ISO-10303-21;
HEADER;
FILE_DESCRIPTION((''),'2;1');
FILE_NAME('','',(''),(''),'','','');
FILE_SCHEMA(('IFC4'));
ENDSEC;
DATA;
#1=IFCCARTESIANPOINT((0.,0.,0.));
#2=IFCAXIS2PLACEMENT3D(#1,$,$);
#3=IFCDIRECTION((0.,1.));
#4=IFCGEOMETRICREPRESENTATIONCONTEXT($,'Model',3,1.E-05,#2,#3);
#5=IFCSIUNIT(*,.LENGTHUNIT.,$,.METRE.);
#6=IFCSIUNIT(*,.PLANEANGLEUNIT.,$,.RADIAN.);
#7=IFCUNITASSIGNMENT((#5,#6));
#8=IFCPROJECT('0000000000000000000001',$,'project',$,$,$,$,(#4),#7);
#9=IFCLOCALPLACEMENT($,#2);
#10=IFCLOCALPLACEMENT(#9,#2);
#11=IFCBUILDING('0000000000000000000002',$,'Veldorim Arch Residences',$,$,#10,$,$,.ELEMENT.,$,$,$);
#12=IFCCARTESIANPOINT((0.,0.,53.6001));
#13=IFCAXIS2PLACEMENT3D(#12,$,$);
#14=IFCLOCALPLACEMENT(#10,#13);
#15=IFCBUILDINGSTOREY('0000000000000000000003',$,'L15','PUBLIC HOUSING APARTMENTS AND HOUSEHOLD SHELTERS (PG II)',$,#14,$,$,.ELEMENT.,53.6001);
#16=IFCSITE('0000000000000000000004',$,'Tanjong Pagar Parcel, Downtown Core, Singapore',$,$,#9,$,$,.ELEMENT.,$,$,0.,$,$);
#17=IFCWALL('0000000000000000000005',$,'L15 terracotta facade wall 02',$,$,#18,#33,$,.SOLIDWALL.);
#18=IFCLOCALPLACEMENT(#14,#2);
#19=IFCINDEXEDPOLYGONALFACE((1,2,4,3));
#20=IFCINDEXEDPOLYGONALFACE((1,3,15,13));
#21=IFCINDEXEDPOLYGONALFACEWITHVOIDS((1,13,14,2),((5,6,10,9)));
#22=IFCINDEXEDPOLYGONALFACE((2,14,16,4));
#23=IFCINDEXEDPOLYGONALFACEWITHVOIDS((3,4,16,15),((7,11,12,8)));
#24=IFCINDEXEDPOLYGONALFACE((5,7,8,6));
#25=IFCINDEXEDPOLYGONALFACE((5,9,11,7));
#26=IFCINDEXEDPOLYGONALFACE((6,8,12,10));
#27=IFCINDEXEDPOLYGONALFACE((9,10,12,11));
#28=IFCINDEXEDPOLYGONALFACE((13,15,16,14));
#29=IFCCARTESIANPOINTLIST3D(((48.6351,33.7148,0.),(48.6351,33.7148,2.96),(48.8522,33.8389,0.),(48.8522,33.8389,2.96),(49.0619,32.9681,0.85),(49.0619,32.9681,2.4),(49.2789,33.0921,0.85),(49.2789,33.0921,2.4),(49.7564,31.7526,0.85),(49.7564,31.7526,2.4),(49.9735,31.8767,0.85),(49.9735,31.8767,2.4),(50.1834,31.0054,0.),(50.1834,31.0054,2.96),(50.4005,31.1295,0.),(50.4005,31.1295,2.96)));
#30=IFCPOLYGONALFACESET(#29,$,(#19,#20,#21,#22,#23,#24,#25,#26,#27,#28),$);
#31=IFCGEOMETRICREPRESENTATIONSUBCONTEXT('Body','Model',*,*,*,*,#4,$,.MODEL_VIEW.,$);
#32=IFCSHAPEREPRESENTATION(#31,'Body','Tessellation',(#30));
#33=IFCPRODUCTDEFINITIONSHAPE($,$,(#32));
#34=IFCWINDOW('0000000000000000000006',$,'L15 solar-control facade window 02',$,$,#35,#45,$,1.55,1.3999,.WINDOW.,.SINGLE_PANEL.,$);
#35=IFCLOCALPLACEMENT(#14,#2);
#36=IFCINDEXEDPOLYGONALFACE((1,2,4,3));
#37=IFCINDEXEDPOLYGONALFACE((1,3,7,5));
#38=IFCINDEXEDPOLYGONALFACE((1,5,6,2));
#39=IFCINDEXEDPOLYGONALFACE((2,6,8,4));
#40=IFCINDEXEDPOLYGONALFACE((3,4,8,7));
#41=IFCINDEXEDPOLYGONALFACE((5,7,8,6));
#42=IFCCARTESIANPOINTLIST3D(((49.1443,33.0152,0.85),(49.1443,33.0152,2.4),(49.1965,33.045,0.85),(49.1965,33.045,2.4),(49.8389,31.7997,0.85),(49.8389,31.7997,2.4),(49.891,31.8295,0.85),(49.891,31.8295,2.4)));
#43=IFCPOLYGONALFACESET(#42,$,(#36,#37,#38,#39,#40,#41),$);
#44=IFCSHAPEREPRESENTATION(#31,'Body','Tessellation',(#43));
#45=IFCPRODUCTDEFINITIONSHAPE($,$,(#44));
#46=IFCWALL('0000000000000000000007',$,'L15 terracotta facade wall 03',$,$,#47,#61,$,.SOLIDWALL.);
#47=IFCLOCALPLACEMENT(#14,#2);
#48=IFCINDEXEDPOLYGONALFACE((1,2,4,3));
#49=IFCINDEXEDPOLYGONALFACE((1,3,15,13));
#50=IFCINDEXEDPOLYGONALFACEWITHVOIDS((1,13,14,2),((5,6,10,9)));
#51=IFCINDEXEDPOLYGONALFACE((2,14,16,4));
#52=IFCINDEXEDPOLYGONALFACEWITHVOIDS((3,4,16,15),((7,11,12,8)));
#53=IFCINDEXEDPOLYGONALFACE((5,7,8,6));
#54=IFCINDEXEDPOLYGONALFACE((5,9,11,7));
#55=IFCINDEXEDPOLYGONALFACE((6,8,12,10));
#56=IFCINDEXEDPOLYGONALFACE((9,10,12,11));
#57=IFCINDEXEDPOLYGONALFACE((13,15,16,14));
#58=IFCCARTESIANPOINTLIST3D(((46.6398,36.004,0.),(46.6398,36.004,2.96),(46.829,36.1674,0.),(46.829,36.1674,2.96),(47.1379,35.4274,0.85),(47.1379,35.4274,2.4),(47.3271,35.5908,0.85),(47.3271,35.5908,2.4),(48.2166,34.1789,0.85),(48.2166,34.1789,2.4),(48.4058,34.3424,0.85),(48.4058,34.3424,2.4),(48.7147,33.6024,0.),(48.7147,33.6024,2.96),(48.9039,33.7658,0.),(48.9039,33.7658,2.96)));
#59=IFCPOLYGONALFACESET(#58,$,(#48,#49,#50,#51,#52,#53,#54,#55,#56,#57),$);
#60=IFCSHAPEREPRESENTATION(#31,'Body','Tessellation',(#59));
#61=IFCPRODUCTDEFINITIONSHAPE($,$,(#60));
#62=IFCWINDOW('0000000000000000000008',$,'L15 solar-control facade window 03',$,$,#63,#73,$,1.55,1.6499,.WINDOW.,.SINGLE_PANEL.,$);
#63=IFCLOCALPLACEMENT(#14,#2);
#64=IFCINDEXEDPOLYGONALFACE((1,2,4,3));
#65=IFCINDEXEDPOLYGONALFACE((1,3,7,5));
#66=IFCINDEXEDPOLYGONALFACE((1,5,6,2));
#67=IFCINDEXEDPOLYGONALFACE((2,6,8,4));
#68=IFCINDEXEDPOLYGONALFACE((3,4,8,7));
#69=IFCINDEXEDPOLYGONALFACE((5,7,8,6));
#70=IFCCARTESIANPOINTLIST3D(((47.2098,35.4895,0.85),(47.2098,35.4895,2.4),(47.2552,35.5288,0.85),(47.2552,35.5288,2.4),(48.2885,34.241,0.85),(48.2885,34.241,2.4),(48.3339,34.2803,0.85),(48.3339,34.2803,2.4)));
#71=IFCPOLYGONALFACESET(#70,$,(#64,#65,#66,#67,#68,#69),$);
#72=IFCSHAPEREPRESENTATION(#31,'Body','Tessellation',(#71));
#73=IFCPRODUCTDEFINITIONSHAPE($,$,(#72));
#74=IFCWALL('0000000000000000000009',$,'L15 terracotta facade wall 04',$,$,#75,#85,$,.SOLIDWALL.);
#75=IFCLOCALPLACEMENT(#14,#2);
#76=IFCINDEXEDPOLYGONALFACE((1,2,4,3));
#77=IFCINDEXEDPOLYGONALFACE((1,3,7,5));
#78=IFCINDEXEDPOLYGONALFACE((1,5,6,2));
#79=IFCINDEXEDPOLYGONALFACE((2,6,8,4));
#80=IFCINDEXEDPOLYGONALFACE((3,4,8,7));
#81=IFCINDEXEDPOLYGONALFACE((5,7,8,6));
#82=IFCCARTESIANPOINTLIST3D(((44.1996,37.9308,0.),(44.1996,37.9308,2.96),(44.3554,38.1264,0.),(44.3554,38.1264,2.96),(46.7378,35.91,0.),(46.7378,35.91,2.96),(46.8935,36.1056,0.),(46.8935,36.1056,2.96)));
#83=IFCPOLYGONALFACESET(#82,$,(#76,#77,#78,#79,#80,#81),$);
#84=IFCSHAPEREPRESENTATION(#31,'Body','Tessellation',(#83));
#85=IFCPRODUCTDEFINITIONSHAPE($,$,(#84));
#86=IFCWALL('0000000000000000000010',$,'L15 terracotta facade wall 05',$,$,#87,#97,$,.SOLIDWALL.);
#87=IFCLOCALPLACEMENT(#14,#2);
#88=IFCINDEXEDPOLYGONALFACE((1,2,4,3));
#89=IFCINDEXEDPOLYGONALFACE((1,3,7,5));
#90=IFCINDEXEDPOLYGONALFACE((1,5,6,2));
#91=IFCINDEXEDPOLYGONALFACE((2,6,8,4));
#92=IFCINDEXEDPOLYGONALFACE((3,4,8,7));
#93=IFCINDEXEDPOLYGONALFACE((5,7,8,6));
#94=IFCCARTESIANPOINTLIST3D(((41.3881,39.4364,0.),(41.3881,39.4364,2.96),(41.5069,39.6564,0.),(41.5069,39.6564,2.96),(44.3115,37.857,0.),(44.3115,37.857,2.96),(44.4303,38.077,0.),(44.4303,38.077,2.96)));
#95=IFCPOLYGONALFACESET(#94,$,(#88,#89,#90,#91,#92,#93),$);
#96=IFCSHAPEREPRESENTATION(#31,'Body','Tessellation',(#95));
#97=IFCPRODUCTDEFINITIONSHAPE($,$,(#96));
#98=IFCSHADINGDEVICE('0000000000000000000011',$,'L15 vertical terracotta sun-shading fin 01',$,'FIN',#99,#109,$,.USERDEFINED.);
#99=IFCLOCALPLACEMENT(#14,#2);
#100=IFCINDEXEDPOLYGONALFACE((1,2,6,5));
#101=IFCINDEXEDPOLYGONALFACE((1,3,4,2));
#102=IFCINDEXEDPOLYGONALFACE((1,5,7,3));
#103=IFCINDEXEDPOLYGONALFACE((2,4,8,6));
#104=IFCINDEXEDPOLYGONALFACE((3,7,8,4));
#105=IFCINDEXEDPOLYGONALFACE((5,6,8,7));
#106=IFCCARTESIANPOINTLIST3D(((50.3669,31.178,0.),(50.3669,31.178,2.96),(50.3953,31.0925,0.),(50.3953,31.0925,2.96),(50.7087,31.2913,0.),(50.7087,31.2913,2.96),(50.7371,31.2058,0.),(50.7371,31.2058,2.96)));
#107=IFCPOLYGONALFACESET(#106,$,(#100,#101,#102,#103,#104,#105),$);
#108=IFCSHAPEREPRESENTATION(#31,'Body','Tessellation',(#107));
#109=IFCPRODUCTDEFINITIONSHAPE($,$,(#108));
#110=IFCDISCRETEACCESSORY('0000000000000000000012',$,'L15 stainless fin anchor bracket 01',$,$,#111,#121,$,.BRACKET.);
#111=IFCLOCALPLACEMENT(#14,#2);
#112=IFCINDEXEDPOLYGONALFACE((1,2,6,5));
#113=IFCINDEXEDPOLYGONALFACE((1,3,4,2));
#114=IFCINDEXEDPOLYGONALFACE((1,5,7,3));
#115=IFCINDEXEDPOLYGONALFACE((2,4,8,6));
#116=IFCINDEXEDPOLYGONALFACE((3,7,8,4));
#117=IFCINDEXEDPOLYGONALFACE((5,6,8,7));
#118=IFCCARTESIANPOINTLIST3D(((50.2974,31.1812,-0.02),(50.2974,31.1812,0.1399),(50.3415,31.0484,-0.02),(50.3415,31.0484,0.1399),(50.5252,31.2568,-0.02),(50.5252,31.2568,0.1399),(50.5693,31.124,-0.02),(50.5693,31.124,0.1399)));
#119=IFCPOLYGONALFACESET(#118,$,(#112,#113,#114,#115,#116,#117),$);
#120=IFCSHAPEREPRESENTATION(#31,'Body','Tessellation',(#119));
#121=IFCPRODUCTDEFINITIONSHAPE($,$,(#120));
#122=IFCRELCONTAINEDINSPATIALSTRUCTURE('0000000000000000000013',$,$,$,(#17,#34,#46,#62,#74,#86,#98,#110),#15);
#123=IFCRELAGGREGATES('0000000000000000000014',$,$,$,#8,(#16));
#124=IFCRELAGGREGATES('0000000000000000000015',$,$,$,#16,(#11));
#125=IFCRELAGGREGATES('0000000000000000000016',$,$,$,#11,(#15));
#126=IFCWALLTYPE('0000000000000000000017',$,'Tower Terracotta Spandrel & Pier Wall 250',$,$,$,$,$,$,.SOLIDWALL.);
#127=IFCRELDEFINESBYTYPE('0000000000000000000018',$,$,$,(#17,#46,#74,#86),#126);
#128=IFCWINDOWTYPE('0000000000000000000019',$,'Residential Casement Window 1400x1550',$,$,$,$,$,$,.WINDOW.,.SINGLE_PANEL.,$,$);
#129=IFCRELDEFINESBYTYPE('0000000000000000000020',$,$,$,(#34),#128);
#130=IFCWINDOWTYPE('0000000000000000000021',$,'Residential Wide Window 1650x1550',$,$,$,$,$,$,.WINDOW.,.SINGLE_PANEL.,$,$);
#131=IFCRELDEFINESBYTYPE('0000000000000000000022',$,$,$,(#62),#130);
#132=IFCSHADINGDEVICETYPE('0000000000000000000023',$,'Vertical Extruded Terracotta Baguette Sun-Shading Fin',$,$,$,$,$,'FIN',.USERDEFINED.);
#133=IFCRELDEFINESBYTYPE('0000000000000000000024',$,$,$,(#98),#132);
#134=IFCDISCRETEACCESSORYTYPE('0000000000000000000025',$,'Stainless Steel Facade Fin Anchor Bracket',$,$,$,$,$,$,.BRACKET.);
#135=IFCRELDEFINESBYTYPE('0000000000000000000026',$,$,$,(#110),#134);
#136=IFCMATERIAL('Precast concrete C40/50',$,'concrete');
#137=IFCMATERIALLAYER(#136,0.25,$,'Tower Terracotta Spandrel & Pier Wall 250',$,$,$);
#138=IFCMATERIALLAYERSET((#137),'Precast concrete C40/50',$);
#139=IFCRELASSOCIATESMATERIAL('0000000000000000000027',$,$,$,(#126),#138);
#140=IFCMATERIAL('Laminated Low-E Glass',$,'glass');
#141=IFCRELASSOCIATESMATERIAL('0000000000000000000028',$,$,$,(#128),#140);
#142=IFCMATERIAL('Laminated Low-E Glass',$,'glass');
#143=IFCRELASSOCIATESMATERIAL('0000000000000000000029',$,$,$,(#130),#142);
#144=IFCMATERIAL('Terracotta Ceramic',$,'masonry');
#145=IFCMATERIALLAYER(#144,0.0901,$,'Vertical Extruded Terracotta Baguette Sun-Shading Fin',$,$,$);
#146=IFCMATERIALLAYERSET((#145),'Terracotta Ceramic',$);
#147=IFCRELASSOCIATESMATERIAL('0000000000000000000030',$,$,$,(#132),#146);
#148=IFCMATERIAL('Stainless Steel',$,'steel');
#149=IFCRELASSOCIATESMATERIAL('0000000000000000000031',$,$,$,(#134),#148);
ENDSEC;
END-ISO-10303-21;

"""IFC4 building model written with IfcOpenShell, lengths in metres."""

from ifc_helpers import new_model, si_unit, direction, frame, frame_2d, origin, origin_2d, place, context, subcontext, project, spatial, rectangle, extrude, material, layer, layer_set, type_object, element, fill, save


model = new_model("IFC4")

# Units and contexts
model_context = context("Model", 3, precision=1e-05, world=origin(), true_north=direction((0.0, 1.0)))
body_context = subcontext(model_context, "Body", "Model", "MODEL_VIEW")
ifc_project = project(units=[si_unit("LENGTHUNIT", "METRE"), si_unit("PLANEANGLEUNIT", "RADIAN")], contexts=[model_context])

# Site, building, storey
site_placement = place(None, origin())
site = spatial("IfcSite", under=ifc_project, at=site_placement, Name="Tanjong Pagar Parcel, Downtown Core, Singapore", CompositionType="ELEMENT", RefElevation=0.0)
building_placement = place(site_placement, origin())
building = spatial("IfcBuilding", under=site, at=building_placement, Name="Veldorim Arch Residences", CompositionType="ELEMENT")
storey_placement = place(building_placement, frame((0.0, 0.0, 53.6001)))
storey = spatial("IfcBuildingStorey", under=building, at=storey_placement, Name="L15", Description="PUBLIC HOUSING APARTMENTS AND HOUSEHOLD SHELTERS (PG II)", CompositionType="ELEMENT", Elevation=53.6001)

# Walls, openings, windows
ifc_material_1 = material(Name="Precast concrete C40/50", Category="concrete")
ifc_layer_1 = layer(ifc_material_1, 0.25, Name="Tower Terracotta Spandrel & Pier Wall 250")
ifc_layer_set_1 = layer_set([ifc_layer_1], Name="Precast concrete C40/50")
wall_type_1 = type_object("IfcWallType", Name="Tower Terracotta Spandrel & Pier Wall 250", PredefinedType="SOLIDWALL", material=ifc_layer_set_1)
wall_1_placement = place(storey_placement, frame((48.7437, 33.7769, 0.0), z_axis=(0.0, 0.0, 1.0), x_axis=(0.496156, -0.868234, 0.0)))
wall_1 = element("IfcWall", 1, at=wall_1_placement, inside=storey, type_object=wall_type_1, Name="L15 terracotta facade wall 02", PredefinedType="SOLIDWALL", context=body_context, shape_type="SweptSolid", body=[
    extrude(rectangle(XDim=3.1206, YDim=0.25, at=frame_2d((1.5603, 0.0))), origin(), (0.0, 0.0, 1.0), 2.96),
])
opening_1_placement = place(wall_1_placement, frame((0.8601, 0.0, 0.8501)))
opening_1 = element("IfcOpeningElement", 2, at=opening_1_placement, cuts=wall_1, PredefinedType="OPENING", context=body_context, shape_type="SweptSolid", body=[
    extrude(rectangle(XDim=1.3999, YDim=1.55, at=frame_2d((0.7, 0.7749))), frame((0.0, 0.135, 0.0), z_axis=(0.0, -1.0, 0.0), x_axis=(1.0, 0.0, 0.0)), (0.0, 0.0, 1.0), 0.27),
])
ifc_material_2 = material(Name="Laminated Low-E Glass", Category="glass")
window_type_1 = type_object("IfcWindowType", Name="Residential Casement Window 1400x1550", PartitioningType="SINGLE_PANEL", PredefinedType="WINDOW", material=ifc_material_2)
window_1_placement = place(opening_1_placement, origin())
window_1 = element("IfcWindow", 3, at=window_1_placement, inside=storey, type_object=window_type_1, Name="L15 solar-control facade window 02", OverallHeight=1.55, OverallWidth=1.3999, PartitioningType="SINGLE_PANEL", PredefinedType="WINDOW", context=body_context, shape_type="SweptSolid", body=[
    extrude(rectangle(XDim=1.3999, YDim=1.55, at=frame_2d((0.7, 0.7749))), frame((0.0, 0.03, 0.0), z_axis=(0.0, -1.0, 0.0), x_axis=(1.0, 0.0, 0.0)), (0.0, 0.0, 1.0), 0.0601),
])
fill(opening_1, window_1)
wall_2_placement = place(storey_placement, frame((46.7344, 36.0857, 0.0), z_axis=(0.0, 0.0, 1.0), x_axis=(0.65377, -0.756693, 0.0)))
wall_2 = element("IfcWall", 4, at=wall_2_placement, inside=storey, type_object=wall_type_1, Name="L15 terracotta facade wall 03", PredefinedType="SOLIDWALL", context=body_context, shape_type="SweptSolid", body=[
    extrude(rectangle(XDim=3.1738, YDim=0.25, at=frame_2d((1.5869, 0.0))), origin(), (0.0, 0.0, 1.0), 2.96),
])
opening_2_placement = place(wall_2_placement, frame((0.762, 0.0, 0.8501)))
opening_2 = element("IfcOpeningElement", 5, at=opening_2_placement, cuts=wall_2, PredefinedType="OPENING", context=body_context, shape_type="SweptSolid", body=[
    extrude(rectangle(XDim=1.6499, YDim=1.55, at=frame_2d((0.825, 0.7749))), frame((0.0, 0.135, 0.0), z_axis=(0.0, -1.0, 0.0), x_axis=(1.0, 0.0, 0.0)), (0.0, 0.0, 1.0), 0.27),
])
ifc_material_3 = material(Name="Laminated Low-E Glass", Category="glass")
window_type_2 = type_object("IfcWindowType", Name="Residential Wide Window 1650x1550", PartitioningType="SINGLE_PANEL", PredefinedType="WINDOW", material=ifc_material_3)
window_2_placement = place(opening_2_placement, origin())
window_2 = element("IfcWindow", 6, at=window_2_placement, inside=storey, type_object=window_type_2, Name="L15 solar-control facade window 03", OverallHeight=1.55, OverallWidth=1.6499, PartitioningType="SINGLE_PANEL", PredefinedType="WINDOW", context=body_context, shape_type="SweptSolid", body=[
    extrude(rectangle(XDim=1.6499, YDim=1.55, at=frame_2d((0.825, 0.7749))), frame((0.0, 0.03, 0.0), z_axis=(0.0, -1.0, 0.0), x_axis=(1.0, 0.0, 0.0)), (0.0, 0.0, 1.0), 0.0601),
])
fill(opening_2, window_2)

# Walls
wall_3_placement = place(storey_placement, frame((44.2776, 38.0286, 0.0), z_axis=(0.0, 0.0, 1.0), x_axis=(0.782328, -0.622867, 0.0)))
element("IfcWall", 7, at=wall_3_placement, inside=storey, type_object=wall_type_1, Name="L15 terracotta facade wall 04", PredefinedType="SOLIDWALL", context=body_context, shape_type="SweptSolid", body=[
    extrude(rectangle(XDim=3.2444, YDim=0.25, at=frame_2d((1.6221, 0.0))), origin(), (0.0, 0.0, 1.0), 2.96),
])
wall_4_placement = place(storey_placement, frame((41.4475, 39.5464, 0.0), z_axis=(0.0, 0.0, 1.0), x_axis=(0.879812, -0.475322, 0.0)))
element("IfcWall", 8, at=wall_4_placement, inside=storey, type_object=wall_type_1, Name="L15 terracotta facade wall 05", PredefinedType="SOLIDWALL", context=body_context, shape_type="SweptSolid", body=[
    extrude(rectangle(XDim=3.3228, YDim=0.25, at=frame_2d((1.6614, 0.0))), origin(), (0.0, 0.0, 1.0), 2.96),
])

# Shading device
ifc_material_4 = material(Name="Terracotta Ceramic", Category="masonry")
ifc_layer_2 = layer(ifc_material_4, 0.0901, Name="Vertical Extruded Terracotta Baguette Sun-Shading Fin")
ifc_layer_set_2 = layer_set([ifc_layer_2], Name="Terracotta Ceramic")
shading_device_type = type_object("IfcShadingDeviceType", Name="Vertical Extruded Terracotta Baguette Sun-Shading Fin", ElementType="FIN", PredefinedType="USERDEFINED", material=ifc_layer_set_2)
shading_device_placement = place(storey_placement, frame((50.552, 31.1919, 0.0), z_axis=(0.0, 0.0, 1.0), x_axis=(0.314821, -0.949151, 0.0)))
element("IfcShadingDevice", 9, at=shading_device_placement, inside=storey, type_object=shading_device_type, Name="L15 vertical terracotta sun-shading fin 01", ObjectType="FIN", PredefinedType="USERDEFINED", context=body_context, shape_type="SweptSolid", body=[
    extrude(rectangle(XDim=0.0901, YDim=0.3601, at=origin_2d()), origin(), (0.0, 0.0, 1.0), 2.96),
])

# Discrete accessory
ifc_material_5 = material(Name="Stainless Steel", Category="steel")
discrete_accessory_type = type_object("IfcDiscreteAccessoryType", Name="Stainless Steel Facade Fin Anchor Bracket", PredefinedType="BRACKET", material=ifc_material_5)
discrete_accessory_placement = place(storey_placement, frame((50.4333, 31.1526, -0.02), z_axis=(0.0, 0.0, 1.0), x_axis=(0.314821, -0.949151, 0.0)))
element("IfcDiscreteAccessory", 10, at=discrete_accessory_placement, inside=storey, type_object=discrete_accessory_type, Name="L15 stainless fin anchor bracket 01", PredefinedType="BRACKET", context=body_context, shape_type="SweptSolid", body=[
    extrude(rectangle(XDim=0.1399, YDim=0.24, at=origin_2d()), origin(), (0.0, 0.0, 1.0), 0.1599),
])

save(model, "model.ifc")
